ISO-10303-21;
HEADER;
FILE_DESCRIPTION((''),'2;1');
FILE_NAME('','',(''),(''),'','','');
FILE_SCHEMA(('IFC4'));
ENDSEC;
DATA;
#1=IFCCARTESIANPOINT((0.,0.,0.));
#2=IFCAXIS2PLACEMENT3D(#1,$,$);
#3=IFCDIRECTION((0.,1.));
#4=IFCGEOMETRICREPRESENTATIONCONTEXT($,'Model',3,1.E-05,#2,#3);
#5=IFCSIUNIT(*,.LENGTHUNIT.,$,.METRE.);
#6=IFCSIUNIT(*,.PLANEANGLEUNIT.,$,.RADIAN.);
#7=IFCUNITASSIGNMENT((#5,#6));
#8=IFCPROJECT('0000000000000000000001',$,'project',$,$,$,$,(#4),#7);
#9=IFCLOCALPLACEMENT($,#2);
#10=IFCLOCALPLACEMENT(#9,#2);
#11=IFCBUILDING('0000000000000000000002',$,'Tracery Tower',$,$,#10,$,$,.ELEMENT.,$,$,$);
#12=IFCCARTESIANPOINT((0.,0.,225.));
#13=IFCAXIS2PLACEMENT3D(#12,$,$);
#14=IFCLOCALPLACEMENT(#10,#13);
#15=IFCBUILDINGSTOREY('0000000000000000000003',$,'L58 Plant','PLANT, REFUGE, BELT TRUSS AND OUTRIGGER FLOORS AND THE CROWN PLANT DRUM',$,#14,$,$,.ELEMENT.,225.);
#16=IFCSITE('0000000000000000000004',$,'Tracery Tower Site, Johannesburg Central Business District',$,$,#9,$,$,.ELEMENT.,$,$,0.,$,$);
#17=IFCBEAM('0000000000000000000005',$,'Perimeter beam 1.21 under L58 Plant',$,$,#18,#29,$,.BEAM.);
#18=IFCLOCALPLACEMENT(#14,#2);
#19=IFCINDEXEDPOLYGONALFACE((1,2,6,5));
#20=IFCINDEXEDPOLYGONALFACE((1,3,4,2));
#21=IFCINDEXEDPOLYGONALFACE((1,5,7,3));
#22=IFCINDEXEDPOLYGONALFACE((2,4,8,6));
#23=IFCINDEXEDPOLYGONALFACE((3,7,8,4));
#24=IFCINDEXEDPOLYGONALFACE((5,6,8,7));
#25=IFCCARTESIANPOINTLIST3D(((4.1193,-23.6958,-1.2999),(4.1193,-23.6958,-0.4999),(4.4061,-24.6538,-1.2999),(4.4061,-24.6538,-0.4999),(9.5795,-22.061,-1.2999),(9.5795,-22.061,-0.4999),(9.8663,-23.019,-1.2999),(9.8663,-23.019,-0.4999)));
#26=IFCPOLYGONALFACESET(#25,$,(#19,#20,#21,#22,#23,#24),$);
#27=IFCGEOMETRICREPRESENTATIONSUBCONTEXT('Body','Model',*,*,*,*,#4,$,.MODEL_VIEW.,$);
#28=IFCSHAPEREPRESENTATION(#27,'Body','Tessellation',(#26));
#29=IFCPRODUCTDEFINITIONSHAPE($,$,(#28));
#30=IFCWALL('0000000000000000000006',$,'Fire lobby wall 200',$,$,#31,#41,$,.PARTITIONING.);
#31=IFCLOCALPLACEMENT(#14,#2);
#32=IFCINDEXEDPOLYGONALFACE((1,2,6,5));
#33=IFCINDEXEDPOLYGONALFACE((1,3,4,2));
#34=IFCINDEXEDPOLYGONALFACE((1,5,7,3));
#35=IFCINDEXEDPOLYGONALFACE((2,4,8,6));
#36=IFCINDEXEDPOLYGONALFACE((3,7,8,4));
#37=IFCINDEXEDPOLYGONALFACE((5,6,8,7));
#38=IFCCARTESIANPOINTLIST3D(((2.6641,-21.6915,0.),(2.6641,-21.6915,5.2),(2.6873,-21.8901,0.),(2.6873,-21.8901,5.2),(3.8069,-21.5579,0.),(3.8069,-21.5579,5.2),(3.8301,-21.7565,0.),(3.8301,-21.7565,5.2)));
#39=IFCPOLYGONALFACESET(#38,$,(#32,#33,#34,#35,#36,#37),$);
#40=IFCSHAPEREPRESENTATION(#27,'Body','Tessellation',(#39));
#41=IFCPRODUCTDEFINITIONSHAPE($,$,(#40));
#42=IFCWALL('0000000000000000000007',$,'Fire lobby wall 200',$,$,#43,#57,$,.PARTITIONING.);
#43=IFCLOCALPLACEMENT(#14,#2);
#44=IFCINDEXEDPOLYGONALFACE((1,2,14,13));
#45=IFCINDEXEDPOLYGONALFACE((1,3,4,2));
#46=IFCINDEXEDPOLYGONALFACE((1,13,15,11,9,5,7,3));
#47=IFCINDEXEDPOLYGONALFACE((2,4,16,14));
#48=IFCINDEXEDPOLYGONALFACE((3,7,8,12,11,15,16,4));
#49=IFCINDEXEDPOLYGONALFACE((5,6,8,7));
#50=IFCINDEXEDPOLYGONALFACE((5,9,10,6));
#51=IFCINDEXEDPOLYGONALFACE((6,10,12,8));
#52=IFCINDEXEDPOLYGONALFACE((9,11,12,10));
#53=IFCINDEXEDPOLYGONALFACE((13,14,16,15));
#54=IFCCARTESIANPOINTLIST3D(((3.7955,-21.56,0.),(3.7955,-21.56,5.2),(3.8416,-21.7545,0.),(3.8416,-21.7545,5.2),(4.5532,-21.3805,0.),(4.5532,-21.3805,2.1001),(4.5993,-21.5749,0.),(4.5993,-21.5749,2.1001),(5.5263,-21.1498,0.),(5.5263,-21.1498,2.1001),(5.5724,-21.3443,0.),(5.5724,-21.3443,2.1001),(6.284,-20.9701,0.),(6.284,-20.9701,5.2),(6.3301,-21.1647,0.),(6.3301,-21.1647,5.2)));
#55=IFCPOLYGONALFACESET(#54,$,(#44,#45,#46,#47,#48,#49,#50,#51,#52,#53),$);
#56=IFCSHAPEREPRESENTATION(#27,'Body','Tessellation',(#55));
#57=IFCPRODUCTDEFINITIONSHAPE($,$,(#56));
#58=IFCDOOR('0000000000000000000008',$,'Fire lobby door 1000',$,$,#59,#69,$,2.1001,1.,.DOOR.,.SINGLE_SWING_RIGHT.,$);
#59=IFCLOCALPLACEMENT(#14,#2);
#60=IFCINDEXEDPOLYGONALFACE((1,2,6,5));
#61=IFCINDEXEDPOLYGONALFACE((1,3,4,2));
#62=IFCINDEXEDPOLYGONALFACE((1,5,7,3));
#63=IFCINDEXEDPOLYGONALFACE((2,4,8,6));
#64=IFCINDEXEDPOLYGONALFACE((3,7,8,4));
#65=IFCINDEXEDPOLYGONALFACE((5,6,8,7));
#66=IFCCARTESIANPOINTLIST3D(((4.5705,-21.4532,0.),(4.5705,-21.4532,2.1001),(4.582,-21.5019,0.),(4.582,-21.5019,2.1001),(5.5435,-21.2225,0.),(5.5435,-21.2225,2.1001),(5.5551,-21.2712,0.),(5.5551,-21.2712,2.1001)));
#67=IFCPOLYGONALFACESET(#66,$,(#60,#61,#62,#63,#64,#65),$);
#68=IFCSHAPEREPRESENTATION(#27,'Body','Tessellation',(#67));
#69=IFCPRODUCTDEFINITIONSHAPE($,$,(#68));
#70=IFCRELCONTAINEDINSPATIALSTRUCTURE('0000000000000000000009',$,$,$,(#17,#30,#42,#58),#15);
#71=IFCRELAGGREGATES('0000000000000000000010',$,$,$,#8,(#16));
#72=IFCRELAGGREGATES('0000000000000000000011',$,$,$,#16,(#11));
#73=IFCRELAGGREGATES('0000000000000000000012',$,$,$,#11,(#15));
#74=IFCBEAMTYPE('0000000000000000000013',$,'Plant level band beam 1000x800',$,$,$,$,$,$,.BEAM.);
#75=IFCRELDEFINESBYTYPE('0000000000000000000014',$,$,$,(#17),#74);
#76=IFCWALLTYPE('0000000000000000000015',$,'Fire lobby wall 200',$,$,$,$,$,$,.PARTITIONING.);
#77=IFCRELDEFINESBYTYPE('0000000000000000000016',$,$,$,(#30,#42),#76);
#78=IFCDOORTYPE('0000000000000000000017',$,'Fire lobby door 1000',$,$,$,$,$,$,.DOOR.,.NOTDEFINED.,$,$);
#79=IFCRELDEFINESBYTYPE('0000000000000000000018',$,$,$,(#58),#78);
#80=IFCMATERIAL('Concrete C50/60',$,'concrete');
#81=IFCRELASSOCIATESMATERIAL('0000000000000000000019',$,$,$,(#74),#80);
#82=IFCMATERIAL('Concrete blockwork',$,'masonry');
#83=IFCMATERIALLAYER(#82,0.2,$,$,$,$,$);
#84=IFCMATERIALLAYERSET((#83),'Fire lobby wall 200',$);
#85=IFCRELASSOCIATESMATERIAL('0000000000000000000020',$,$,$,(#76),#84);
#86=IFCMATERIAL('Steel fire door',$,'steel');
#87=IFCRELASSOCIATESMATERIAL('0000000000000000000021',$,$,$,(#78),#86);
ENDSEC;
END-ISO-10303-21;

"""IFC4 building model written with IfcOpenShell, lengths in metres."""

from ifc_helpers import new_model, si_unit, direction, frame, frame_2d, origin, origin_2d, place, context, subcontext, project, spatial, rectangle, extrude, material, layer, layer_set, material_profile, profile_set, type_object, element, fill, save


model = new_model("IFC4")

# Units and contexts
model_context = context("Model", 3, precision=1e-05, world=origin(), true_north=direction((0.0, 1.0)))
body_context = subcontext(model_context, "Body", "Model", "MODEL_VIEW")
ifc_project = project(units=[si_unit("LENGTHUNIT", "METRE"), si_unit("PLANEANGLEUNIT", "RADIAN")], contexts=[model_context])

# Site, building, storey
site_placement = place(None, origin())
site = spatial("IfcSite", under=ifc_project, at=site_placement, Name="Tracery Tower Site, Johannesburg Central Business District", CompositionType="ELEMENT", RefElevation=0.0)
building_placement = place(site_placement, origin())
building = spatial("IfcBuilding", under=site, at=building_placement, Name="Tracery Tower", CompositionType="ELEMENT")
storey_placement = place(building_placement, frame((0.0, 0.0, 225.0)))
storey = spatial("IfcBuildingStorey", under=building, at=storey_placement, Name="L58 Plant", Description="PLANT, REFUGE, BELT TRUSS AND OUTRIGGER FLOORS AND THE CROWN PLANT DRUM", CompositionType="ELEMENT", Elevation=225.0)

# Beam
ifc_material_1 = material(Name="Concrete C50/60", Category="concrete")
ifc_material_profile_1 = material_profile(ifc_material_1, rectangle(XDim=1.0, YDim=0.8, at=origin_2d()), Name="RC 1000x800")
ifc_profile_set_1 = profile_set([ifc_material_profile_1], Name="Concrete C50/60")
beam_type = type_object("IfcBeamType", Name="Plant level band beam 1000x800", PredefinedType="BEAM", material=ifc_profile_set_1)
beam_placement = place(storey_placement, frame((4.2627, -24.1748, -0.8999), z_axis=(0.957985, 0.286817, 0.0), x_axis=(-0.286817, 0.957985, 0.0)))
element("IfcBeam", 1, at=beam_placement, inside=storey, type_object=beam_type, Name="Perimeter beam 1.21 under L58 Plant", PredefinedType="BEAM", context=body_context, shape_type="SweptSolid", body=[
    extrude(rectangle(XDim=1.0, YDim=0.8, at=origin_2d()), origin(), (0.0, 0.0, 1.0), 5.6997),
])

# Wall
ifc_material_2 = material(Name="Concrete blockwork", Category="masonry")
ifc_layer_1 = layer(ifc_material_2, 0.2)
ifc_layer_set_1 = layer_set([ifc_layer_1], Name="Fire lobby wall 200")
wall_type_1 = type_object("IfcWallType", Name="Fire lobby wall 200", PredefinedType="PARTITIONING", material=ifc_layer_set_1)
wall_1_placement = place(storey_placement, frame((2.6758, -21.7908, 0.0), z_axis=(0.0, 0.0, 1.0), x_axis=(0.993242, 0.116066, 0.0)))
element("IfcWall", 2, at=wall_1_placement, inside=storey, type_object=wall_type_1, Name="Fire lobby wall 200", PredefinedType="PARTITIONING", context=body_context, shape_type="SweptSolid", body=[
    extrude(rectangle(XDim=1.1506, YDim=0.2, at=frame_2d((0.5752, 0.0))), origin(), (0.0, 0.0, 1.0), 5.2),
])

# Wall, opening, door
wall_2_placement = place(storey_placement, frame((6.3071, -21.0674, 0.0), z_axis=(0.0, 0.0, 1.0), x_axis=(-0.97304, -0.230635, 0.0)))
wall_2 = element("IfcWall", 3, at=wall_2_placement, inside=storey, type_object=wall_type_1, Name="Fire lobby wall 200", PredefinedType="PARTITIONING", context=body_context, shape_type="SweptSolid", body=[
    extrude(rectangle(XDim=2.5574, YDim=0.2, at=frame_2d((1.2788, 0.0))), origin(), (0.0, 0.0, 1.0), 5.2),
])
opening_1_placement = place(wall_2_placement, frame((0.7788, 0.0, 0.0)))
opening_1 = element("IfcOpeningElement", 4, at=opening_1_placement, cuts=wall_2, PredefinedType="OPENING", context=body_context, shape_type="SweptSolid", body=[
    extrude(rectangle(XDim=1.0, YDim=2.1001, at=frame_2d((0.5, 1.05))), frame((0.0, 0.1001, 0.0), z_axis=(0.0, -1.0, 0.0), x_axis=(1.0, 0.0, 0.0)), (0.0, 0.0, 1.0), 0.2),
])
ifc_material_3 = material(Name="Steel fire door", Category="steel")
door_type = type_object("IfcDoorType", Name="Fire lobby door 1000", OperationType="NOTDEFINED", PredefinedType="DOOR", material=ifc_material_3)
door_placement = place(opening_1_placement, origin())
door = element("IfcDoor", 5, at=door_placement, inside=storey, type_object=door_type, Name="Fire lobby door 1000", OperationType="SINGLE_SWING_RIGHT", OverallHeight=2.1001, OverallWidth=1.0, PredefinedType="DOOR", context=body_context, shape_type="SweptSolid", body=[
    extrude(rectangle(XDim=1.0, YDim=2.1001, at=frame_2d((0.5, 1.05))), frame((0.0, 0.0249, 0.0), z_axis=(0.0, -1.0, 0.0), x_axis=(1.0, 0.0, 0.0)), (0.0, 0.0, 1.0), 0.05),
])
fill(opening_1, door)

save(model, "model.ifc")
